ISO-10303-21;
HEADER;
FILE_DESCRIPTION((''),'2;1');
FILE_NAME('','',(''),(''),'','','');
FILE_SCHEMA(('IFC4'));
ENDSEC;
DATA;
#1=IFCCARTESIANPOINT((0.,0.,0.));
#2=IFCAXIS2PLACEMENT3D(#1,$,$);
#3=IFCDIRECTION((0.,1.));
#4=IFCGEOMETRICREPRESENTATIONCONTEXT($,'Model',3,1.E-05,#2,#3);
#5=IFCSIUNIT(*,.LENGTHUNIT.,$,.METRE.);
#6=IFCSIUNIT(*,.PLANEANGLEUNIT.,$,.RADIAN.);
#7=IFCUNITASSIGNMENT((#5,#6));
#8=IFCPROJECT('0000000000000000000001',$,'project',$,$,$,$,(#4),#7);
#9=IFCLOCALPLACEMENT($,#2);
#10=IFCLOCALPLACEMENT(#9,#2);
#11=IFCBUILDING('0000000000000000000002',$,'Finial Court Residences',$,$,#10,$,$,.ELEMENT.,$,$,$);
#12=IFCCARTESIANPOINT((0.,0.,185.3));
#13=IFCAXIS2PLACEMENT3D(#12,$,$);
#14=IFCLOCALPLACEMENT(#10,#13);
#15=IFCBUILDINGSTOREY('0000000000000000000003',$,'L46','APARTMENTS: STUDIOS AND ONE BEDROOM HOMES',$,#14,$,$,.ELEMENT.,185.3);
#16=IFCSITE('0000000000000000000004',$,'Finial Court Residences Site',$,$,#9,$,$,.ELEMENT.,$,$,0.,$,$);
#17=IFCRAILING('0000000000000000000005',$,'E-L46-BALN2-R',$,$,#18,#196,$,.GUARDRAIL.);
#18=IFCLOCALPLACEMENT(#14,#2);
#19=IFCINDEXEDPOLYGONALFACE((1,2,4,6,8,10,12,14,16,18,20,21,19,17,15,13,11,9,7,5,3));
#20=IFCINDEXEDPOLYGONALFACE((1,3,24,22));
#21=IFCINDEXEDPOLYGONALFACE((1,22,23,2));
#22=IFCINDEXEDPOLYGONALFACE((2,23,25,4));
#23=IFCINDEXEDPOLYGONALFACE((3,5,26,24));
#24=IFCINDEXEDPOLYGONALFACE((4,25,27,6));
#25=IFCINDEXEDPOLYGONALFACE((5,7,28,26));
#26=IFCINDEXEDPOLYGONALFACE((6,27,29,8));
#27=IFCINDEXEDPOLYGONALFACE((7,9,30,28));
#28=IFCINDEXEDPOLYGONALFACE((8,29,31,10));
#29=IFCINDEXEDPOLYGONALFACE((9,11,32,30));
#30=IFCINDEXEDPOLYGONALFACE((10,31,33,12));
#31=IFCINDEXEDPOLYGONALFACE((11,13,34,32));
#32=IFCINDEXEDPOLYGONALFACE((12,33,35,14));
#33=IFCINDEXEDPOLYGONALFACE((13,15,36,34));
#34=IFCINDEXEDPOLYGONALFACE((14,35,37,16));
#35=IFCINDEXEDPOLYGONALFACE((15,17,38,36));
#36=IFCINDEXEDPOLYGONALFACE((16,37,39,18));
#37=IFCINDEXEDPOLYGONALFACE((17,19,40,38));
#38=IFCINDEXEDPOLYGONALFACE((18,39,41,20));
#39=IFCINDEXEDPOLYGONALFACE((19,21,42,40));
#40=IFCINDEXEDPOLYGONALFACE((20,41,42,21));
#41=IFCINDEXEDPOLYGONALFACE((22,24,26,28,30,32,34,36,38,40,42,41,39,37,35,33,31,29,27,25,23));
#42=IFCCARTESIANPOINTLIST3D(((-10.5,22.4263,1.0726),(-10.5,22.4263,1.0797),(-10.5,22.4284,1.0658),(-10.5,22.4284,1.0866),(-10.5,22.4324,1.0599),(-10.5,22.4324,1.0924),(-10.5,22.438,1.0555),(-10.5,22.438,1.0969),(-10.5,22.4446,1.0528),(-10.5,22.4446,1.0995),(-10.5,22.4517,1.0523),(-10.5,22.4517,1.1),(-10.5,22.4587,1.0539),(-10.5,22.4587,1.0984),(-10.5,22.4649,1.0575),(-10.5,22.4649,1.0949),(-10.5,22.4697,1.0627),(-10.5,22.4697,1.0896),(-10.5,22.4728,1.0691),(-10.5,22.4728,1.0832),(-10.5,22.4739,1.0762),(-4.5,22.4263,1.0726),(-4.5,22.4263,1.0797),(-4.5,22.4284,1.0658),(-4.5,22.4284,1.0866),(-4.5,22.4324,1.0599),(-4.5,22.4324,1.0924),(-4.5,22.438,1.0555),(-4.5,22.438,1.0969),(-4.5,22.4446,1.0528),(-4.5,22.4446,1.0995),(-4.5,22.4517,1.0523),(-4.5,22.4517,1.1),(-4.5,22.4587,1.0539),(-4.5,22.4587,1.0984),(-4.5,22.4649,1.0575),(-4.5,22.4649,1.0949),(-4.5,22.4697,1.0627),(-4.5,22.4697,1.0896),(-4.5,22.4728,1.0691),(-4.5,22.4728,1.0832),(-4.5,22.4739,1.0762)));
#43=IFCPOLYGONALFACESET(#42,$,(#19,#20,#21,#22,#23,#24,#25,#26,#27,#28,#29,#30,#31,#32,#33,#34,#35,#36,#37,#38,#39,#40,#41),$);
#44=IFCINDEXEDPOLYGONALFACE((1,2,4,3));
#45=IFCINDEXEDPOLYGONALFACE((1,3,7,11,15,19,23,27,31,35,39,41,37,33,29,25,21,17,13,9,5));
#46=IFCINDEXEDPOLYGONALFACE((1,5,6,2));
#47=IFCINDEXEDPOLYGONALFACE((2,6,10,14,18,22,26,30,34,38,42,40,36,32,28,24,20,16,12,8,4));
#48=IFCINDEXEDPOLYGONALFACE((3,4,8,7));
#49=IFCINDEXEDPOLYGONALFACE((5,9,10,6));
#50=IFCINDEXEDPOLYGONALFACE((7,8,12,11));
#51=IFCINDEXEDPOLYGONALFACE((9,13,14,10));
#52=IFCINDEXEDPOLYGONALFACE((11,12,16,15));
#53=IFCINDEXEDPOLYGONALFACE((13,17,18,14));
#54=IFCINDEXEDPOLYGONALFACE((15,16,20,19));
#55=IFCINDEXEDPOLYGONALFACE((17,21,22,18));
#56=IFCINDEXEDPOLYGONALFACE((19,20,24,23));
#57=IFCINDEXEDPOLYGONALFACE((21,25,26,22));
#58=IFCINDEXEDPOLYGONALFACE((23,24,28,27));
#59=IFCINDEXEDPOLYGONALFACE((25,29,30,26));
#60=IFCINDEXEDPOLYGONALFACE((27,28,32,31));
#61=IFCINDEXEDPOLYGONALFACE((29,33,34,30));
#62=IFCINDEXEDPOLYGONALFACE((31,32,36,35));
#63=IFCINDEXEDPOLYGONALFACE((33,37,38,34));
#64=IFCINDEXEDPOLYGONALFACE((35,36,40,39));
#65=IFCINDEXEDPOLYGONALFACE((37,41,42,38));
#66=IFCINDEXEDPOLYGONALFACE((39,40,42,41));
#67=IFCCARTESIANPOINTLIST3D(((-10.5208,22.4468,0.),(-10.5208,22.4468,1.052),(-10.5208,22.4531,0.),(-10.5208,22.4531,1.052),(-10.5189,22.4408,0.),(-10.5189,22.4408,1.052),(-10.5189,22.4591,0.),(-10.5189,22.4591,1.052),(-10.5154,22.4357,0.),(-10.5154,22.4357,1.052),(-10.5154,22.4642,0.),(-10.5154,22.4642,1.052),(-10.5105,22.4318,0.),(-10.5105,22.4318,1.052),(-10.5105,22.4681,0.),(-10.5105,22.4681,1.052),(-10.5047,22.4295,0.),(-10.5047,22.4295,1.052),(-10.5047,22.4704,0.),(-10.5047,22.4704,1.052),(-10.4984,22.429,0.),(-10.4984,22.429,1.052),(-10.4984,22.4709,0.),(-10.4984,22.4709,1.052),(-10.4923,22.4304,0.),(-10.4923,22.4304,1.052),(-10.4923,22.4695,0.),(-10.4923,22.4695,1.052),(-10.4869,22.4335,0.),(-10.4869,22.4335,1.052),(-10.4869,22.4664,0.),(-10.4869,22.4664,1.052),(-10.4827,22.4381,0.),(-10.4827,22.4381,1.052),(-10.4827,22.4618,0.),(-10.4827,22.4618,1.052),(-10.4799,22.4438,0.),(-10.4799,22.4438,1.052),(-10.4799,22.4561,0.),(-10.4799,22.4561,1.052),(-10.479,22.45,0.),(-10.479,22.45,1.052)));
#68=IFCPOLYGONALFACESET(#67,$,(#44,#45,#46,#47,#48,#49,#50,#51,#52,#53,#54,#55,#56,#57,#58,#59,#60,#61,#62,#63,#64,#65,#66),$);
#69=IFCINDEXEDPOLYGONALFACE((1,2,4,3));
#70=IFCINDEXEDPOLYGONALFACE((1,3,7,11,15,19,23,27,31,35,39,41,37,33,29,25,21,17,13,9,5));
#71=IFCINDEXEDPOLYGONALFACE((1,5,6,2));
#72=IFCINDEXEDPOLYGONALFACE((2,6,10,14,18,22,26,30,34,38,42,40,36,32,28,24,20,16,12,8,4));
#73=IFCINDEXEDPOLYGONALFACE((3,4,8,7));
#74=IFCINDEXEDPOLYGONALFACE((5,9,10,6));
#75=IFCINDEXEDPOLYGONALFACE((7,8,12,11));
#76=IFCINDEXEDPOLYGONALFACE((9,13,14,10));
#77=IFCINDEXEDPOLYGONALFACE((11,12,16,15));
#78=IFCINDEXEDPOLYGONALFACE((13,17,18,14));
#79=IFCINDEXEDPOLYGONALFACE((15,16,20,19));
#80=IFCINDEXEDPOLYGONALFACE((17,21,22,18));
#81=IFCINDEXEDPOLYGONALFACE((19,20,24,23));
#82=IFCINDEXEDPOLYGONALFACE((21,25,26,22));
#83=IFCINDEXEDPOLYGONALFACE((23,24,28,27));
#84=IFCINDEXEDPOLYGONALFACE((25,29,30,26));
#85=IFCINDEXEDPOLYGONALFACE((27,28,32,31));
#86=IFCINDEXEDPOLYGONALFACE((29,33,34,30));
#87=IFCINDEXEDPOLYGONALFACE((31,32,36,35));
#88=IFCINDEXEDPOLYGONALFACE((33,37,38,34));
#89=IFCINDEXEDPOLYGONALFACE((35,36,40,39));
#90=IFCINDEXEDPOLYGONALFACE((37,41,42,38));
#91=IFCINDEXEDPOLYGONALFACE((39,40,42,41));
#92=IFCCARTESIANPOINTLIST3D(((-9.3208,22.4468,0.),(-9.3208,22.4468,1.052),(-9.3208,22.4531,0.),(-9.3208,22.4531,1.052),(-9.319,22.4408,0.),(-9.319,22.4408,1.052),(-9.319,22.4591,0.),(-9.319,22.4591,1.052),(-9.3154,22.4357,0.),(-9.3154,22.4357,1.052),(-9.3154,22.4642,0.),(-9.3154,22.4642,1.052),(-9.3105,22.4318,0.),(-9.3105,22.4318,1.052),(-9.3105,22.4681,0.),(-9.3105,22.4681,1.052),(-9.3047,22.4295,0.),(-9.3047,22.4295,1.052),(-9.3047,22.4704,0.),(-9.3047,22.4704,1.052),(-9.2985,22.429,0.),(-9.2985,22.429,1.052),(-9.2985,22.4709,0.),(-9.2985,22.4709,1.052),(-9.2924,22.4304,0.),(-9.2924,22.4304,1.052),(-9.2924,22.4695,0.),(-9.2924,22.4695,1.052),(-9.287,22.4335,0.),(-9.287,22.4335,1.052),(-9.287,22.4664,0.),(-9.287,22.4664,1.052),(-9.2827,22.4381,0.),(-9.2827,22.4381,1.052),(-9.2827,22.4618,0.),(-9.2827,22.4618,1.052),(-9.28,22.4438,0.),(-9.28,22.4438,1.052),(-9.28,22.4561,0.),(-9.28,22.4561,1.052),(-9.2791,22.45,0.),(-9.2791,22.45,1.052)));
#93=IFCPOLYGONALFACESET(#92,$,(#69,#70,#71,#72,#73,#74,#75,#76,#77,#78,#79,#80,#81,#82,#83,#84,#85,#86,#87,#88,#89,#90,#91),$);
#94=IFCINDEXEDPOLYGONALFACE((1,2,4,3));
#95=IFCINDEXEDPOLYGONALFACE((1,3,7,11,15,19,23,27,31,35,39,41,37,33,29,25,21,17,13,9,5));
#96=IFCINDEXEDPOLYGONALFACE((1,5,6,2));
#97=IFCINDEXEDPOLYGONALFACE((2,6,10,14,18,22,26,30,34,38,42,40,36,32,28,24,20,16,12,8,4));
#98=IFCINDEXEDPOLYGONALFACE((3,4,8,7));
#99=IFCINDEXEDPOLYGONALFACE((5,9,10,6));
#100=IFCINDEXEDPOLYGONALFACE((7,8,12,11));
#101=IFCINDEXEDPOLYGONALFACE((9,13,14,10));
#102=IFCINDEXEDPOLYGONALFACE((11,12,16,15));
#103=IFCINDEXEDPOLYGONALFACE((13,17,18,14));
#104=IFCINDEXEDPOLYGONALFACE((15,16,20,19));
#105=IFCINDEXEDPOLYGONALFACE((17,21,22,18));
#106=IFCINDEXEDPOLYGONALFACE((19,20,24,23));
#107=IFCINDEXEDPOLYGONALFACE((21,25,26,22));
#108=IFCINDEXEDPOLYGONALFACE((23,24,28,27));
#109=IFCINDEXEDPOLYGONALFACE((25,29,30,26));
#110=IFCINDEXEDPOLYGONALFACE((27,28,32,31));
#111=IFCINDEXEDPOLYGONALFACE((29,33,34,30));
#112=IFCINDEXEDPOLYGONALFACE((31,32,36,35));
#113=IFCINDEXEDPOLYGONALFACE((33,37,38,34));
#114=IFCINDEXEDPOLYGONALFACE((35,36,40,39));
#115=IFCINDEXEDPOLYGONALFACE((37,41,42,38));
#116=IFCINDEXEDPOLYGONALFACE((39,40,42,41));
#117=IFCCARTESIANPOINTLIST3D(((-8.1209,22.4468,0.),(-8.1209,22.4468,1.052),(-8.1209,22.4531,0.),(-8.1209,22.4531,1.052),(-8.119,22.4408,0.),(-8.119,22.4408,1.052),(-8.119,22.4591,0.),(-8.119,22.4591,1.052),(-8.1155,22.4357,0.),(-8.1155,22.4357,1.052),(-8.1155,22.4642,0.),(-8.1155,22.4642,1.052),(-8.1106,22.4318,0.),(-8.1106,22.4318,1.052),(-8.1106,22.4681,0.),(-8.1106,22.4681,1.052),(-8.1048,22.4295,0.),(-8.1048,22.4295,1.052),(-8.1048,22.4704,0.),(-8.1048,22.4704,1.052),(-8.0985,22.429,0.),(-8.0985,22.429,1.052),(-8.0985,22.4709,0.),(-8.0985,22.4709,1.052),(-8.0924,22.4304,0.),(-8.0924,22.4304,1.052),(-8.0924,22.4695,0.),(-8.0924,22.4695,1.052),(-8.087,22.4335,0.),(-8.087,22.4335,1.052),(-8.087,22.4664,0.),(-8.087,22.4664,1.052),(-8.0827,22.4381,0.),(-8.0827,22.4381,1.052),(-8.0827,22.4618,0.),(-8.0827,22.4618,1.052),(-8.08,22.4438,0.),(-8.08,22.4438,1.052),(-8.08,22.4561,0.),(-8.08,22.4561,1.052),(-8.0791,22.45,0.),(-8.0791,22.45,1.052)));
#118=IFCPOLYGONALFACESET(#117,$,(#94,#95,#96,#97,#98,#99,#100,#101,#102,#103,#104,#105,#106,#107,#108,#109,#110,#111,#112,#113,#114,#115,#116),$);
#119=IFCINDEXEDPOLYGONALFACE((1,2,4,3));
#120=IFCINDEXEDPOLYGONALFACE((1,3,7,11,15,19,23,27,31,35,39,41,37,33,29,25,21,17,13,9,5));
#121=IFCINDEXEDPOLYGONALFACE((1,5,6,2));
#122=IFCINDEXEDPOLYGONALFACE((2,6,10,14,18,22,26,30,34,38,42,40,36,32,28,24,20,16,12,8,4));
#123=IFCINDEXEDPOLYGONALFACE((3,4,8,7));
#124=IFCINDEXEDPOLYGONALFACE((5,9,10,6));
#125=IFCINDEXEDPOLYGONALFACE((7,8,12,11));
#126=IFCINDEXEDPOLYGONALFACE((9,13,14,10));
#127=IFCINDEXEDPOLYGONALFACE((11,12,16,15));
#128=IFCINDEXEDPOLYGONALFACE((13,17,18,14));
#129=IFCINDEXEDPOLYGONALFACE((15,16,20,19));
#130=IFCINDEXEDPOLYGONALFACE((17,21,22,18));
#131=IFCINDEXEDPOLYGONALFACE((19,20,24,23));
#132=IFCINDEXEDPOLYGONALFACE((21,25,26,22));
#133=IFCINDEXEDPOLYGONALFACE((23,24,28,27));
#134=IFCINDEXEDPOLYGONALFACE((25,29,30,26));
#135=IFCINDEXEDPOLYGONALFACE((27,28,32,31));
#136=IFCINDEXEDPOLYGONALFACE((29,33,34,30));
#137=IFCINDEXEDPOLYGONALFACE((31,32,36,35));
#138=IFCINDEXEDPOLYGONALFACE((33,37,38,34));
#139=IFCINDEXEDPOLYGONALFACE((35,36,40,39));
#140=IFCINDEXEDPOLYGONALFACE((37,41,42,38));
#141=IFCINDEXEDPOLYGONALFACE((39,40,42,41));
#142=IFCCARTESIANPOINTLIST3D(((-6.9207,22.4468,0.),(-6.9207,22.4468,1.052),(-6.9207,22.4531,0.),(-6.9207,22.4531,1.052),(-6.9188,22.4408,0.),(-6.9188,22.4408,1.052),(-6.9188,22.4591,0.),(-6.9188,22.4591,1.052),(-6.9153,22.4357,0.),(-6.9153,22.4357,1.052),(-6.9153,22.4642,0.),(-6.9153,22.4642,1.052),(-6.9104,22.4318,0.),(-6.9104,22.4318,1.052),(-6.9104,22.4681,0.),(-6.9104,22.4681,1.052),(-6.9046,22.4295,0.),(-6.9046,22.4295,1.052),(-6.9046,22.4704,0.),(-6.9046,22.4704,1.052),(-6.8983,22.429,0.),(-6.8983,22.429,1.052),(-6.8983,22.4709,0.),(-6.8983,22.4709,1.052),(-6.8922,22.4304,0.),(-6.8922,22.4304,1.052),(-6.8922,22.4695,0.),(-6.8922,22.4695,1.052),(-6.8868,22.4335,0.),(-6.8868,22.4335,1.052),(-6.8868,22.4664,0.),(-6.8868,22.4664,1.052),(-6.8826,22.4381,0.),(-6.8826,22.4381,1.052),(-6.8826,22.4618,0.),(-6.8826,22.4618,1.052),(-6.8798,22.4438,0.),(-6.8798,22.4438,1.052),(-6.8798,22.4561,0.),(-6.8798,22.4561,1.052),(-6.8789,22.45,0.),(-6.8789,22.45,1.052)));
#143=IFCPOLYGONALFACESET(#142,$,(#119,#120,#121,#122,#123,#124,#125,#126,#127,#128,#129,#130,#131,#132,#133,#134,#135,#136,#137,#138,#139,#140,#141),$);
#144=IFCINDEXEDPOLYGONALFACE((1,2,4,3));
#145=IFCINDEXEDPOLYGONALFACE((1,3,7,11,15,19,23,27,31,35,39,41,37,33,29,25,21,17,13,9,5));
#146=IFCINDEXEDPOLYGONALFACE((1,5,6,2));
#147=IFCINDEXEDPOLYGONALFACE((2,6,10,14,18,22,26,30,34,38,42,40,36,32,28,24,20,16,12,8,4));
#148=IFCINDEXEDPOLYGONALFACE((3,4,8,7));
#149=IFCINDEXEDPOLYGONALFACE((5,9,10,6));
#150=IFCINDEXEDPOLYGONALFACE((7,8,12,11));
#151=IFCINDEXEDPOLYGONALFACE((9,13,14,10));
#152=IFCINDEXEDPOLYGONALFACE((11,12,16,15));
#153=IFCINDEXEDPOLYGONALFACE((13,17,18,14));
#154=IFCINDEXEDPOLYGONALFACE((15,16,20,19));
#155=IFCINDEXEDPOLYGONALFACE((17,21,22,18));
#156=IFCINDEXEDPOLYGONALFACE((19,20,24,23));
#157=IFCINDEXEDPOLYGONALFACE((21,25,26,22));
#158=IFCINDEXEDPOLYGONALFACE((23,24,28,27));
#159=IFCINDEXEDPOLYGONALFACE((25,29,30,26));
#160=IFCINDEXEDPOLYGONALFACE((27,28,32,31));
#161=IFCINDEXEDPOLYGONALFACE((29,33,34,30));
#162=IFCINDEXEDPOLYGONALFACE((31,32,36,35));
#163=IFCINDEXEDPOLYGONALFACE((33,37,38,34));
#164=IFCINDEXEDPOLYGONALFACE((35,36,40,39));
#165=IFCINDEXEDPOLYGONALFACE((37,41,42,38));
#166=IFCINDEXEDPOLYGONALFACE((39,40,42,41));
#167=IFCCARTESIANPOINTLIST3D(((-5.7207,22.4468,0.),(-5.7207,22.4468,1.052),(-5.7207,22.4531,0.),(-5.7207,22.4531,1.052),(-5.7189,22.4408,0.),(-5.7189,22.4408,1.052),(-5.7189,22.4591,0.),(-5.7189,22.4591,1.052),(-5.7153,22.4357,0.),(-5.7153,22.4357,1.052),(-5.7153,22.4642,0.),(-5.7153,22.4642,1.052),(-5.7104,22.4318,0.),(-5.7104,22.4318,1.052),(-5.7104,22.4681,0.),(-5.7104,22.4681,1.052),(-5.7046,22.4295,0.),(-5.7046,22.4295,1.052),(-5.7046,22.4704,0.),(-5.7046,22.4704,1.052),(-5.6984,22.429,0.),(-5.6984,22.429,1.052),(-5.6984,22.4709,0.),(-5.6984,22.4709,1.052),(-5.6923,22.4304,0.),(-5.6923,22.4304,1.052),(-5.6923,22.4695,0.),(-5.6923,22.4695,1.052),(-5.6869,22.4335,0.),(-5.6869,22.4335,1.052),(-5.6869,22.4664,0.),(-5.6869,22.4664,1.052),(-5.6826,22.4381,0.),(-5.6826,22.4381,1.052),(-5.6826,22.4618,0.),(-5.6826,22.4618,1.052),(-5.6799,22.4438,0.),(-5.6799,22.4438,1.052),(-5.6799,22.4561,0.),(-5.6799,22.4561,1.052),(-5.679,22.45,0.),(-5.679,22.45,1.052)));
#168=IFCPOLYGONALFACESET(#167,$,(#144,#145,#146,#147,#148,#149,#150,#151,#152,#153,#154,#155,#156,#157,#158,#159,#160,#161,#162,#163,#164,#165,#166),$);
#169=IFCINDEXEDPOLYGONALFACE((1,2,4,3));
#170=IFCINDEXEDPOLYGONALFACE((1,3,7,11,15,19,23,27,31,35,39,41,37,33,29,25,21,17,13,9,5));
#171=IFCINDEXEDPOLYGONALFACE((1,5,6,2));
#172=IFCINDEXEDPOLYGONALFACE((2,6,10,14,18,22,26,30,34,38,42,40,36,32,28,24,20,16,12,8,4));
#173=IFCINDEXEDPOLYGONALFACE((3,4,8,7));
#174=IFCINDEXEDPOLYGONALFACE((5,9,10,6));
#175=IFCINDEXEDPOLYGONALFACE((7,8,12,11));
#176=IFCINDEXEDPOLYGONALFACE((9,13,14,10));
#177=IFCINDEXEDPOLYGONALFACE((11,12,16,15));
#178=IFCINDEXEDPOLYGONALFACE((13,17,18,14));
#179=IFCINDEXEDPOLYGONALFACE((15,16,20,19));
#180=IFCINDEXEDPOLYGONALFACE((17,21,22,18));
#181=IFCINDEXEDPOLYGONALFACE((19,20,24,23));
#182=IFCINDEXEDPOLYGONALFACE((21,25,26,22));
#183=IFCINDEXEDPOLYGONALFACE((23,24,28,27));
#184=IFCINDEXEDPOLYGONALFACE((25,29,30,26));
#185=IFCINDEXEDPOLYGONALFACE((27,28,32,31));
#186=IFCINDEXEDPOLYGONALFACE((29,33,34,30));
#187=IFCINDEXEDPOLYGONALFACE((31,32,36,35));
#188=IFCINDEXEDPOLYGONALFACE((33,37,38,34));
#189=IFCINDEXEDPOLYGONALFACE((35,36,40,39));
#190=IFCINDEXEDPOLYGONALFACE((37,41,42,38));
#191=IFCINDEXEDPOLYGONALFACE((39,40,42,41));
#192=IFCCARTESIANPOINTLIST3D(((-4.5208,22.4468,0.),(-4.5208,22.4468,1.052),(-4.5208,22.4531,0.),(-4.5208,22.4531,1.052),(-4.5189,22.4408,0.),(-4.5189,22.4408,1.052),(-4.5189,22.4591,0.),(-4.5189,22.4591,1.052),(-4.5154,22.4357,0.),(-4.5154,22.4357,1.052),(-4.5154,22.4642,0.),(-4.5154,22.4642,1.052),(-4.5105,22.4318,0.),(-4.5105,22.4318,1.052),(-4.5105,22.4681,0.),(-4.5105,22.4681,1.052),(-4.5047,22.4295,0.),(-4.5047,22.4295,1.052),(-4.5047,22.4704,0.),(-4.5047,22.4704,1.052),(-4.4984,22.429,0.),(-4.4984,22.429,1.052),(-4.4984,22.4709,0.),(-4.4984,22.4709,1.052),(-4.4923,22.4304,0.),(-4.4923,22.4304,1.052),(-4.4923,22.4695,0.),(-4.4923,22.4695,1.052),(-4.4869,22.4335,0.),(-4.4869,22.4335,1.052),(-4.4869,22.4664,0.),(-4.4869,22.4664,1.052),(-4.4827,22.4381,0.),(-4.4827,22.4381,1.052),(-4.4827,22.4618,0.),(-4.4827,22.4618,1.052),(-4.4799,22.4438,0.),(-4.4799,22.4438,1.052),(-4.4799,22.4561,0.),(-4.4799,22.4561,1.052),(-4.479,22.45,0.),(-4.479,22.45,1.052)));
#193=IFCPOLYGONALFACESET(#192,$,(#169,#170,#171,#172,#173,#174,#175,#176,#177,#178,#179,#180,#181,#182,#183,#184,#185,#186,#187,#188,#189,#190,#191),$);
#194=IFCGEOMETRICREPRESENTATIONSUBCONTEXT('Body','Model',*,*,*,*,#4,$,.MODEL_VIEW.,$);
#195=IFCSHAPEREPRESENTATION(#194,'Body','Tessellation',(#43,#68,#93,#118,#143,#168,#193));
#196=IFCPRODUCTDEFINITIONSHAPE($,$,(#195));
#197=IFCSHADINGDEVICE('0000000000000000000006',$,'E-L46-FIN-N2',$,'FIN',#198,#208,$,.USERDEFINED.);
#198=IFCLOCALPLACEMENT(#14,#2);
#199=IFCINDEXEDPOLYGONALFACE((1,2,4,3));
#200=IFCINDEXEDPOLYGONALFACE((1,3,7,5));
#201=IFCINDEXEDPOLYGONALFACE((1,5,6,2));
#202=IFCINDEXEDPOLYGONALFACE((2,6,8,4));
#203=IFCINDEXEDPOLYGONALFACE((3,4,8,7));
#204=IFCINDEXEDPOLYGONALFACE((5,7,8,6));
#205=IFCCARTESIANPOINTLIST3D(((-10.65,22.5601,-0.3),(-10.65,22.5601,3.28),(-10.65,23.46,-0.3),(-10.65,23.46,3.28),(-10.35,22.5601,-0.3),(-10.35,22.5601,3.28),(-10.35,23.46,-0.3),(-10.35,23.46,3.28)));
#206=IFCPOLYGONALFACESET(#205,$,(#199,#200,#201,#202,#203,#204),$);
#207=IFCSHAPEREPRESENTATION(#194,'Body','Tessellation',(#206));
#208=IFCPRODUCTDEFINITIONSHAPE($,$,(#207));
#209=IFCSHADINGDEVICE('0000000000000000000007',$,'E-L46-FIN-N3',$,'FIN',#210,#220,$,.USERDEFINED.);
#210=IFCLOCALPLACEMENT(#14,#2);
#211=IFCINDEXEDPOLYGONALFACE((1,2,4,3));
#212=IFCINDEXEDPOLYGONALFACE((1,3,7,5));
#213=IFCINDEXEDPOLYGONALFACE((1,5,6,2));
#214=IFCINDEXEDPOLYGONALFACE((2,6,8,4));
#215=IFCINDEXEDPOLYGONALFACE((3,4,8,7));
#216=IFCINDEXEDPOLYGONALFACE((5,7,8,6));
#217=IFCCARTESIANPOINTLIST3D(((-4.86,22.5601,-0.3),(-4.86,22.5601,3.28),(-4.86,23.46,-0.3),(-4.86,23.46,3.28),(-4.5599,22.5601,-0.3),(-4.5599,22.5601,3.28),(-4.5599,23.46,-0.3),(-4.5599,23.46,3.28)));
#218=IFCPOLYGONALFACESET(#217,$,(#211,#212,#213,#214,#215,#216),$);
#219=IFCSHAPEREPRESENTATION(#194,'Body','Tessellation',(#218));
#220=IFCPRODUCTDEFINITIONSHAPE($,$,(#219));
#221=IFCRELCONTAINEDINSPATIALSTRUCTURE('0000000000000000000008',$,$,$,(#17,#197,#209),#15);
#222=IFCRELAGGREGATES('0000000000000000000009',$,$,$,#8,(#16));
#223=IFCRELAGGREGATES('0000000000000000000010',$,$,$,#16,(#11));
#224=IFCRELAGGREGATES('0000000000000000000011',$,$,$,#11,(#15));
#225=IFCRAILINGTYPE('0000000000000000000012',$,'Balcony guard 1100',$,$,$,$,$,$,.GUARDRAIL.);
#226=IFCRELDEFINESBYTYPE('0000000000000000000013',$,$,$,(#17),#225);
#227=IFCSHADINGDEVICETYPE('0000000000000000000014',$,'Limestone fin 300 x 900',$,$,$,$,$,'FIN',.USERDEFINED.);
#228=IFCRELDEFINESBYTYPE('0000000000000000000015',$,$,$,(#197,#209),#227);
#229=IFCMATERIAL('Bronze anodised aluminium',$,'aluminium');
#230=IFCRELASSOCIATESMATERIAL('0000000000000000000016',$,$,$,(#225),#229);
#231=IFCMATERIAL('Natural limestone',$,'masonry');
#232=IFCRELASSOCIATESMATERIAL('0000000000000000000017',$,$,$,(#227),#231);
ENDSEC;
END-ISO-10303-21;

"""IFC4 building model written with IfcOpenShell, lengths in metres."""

from ifc_helpers import new_model, si_unit, direction, frame, origin, origin_2d, place, context, subcontext, project, spatial, rectangle, circle, extrude, material, type_object, element, save


model = new_model("IFC4")

# Units and contexts
model_context = context("Model", 3, precision=1e-05, world=origin(), true_north=direction((0.0, 1.0)))
body_context = subcontext(model_context, "Body", "Model", "MODEL_VIEW")
ifc_project = project(units=[si_unit("LENGTHUNIT", "METRE"), si_unit("PLANEANGLEUNIT", "RADIAN")], contexts=[model_context])

# Site, building, storey
site_placement = place(None, origin())
site = spatial("IfcSite", under=ifc_project, at=site_placement, Name="Finial Court Residences Site", CompositionType="ELEMENT", RefElevation=0.0)
building_placement = place(site_placement, origin())
building = spatial("IfcBuilding", under=site, at=building_placement, Name="Finial Court Residences", CompositionType="ELEMENT")
storey_placement = place(building_placement, frame((0.0, 0.0, 185.3)))
storey = spatial("IfcBuildingStorey", under=building, at=storey_placement, Name="L46", Description="APARTMENTS: STUDIOS AND ONE BEDROOM HOMES", CompositionType="ELEMENT", Elevation=185.3)

# Shared definitions
ifc_material_1 = material(Name="Bronze anodised aluminium", Category="aluminium")

# Shared definitions
ifc_material_2 = material(Name="Natural limestone", Category="masonry")

# Railing
railing_type = type_object("IfcRailingType", Name="Balcony guard 1100", PredefinedType="GUARDRAIL", material=ifc_material_1)
railing_placement = place(storey_placement, frame((-10.5, 22.45, 0.0)))
element("IfcRailing", 1, at=railing_placement, inside=storey, type_object=railing_type, Name="E-L46-BALN2-R", PredefinedType="GUARDRAIL", context=body_context, shape_type="SweptSolid", body=[
    extrude(circle(Radius=0.0239, at=origin_2d()), frame((0.0, 0.0, 1.0762), z_axis=(1.0, 0.0, 0.0), x_axis=(0.0, 1.0, 0.0)), (0.0, 0.0, 1.0), 6.0),
    extrude(circle(Radius=0.021, at=origin_2d()), origin(), (0.0, 0.0, 1.0), 1.052),
    extrude(circle(Radius=0.021, at=origin_2d()), frame((1.2, 0.0, 0.0)), (0.0, 0.0, 1.0), 1.052),
    extrude(circle(Radius=0.021, at=origin_2d()), frame((2.3999, 0.0, 0.0)), (0.0, 0.0, 1.0), 1.052),
    extrude(circle(Radius=0.021, at=origin_2d()), frame((3.6001, 0.0, 0.0)), (0.0, 0.0, 1.0), 1.052),
    extrude(circle(Radius=0.021, at=origin_2d()), frame((4.8, 0.0, 0.0)), (0.0, 0.0, 1.0), 1.052),
    extrude(circle(Radius=0.021, at=origin_2d()), frame((6.0, 0.0, 0.0)), (0.0, 0.0, 1.0), 1.052),
])

# Shading devices
shading_device_type = type_object("IfcShadingDeviceType", Name="Limestone fin 300 x 900", ElementType="FIN", PredefinedType="USERDEFINED", material=ifc_material_2)
for number, where, z_axis, x_axis, name in (
    (2, (-10.5, 23.01, -0.3), (0.0, 0.0, 1.0), (1.0, 0.0, 0.0), "E-L46-FIN-N2"),
    (3, (-4.71, 23.01, -0.3), (0.0, 0.0, 1.0), (1.0, 0.0, 0.0), "E-L46-FIN-N3"),
):
    element("IfcShadingDevice", number, at=place(storey_placement, frame(where, z_axis=z_axis, x_axis=x_axis)), inside=storey, type_object=shading_device_type, Name=name, ObjectType="FIN", PredefinedType="USERDEFINED", context=body_context, shape_type="SweptSolid", body=[
        extrude(rectangle(XDim=0.3, YDim=0.8999, at=origin_2d()), origin(), (0.0, 0.0, 1.0), 3.5801),
    ])

save(model, "model.ifc")
